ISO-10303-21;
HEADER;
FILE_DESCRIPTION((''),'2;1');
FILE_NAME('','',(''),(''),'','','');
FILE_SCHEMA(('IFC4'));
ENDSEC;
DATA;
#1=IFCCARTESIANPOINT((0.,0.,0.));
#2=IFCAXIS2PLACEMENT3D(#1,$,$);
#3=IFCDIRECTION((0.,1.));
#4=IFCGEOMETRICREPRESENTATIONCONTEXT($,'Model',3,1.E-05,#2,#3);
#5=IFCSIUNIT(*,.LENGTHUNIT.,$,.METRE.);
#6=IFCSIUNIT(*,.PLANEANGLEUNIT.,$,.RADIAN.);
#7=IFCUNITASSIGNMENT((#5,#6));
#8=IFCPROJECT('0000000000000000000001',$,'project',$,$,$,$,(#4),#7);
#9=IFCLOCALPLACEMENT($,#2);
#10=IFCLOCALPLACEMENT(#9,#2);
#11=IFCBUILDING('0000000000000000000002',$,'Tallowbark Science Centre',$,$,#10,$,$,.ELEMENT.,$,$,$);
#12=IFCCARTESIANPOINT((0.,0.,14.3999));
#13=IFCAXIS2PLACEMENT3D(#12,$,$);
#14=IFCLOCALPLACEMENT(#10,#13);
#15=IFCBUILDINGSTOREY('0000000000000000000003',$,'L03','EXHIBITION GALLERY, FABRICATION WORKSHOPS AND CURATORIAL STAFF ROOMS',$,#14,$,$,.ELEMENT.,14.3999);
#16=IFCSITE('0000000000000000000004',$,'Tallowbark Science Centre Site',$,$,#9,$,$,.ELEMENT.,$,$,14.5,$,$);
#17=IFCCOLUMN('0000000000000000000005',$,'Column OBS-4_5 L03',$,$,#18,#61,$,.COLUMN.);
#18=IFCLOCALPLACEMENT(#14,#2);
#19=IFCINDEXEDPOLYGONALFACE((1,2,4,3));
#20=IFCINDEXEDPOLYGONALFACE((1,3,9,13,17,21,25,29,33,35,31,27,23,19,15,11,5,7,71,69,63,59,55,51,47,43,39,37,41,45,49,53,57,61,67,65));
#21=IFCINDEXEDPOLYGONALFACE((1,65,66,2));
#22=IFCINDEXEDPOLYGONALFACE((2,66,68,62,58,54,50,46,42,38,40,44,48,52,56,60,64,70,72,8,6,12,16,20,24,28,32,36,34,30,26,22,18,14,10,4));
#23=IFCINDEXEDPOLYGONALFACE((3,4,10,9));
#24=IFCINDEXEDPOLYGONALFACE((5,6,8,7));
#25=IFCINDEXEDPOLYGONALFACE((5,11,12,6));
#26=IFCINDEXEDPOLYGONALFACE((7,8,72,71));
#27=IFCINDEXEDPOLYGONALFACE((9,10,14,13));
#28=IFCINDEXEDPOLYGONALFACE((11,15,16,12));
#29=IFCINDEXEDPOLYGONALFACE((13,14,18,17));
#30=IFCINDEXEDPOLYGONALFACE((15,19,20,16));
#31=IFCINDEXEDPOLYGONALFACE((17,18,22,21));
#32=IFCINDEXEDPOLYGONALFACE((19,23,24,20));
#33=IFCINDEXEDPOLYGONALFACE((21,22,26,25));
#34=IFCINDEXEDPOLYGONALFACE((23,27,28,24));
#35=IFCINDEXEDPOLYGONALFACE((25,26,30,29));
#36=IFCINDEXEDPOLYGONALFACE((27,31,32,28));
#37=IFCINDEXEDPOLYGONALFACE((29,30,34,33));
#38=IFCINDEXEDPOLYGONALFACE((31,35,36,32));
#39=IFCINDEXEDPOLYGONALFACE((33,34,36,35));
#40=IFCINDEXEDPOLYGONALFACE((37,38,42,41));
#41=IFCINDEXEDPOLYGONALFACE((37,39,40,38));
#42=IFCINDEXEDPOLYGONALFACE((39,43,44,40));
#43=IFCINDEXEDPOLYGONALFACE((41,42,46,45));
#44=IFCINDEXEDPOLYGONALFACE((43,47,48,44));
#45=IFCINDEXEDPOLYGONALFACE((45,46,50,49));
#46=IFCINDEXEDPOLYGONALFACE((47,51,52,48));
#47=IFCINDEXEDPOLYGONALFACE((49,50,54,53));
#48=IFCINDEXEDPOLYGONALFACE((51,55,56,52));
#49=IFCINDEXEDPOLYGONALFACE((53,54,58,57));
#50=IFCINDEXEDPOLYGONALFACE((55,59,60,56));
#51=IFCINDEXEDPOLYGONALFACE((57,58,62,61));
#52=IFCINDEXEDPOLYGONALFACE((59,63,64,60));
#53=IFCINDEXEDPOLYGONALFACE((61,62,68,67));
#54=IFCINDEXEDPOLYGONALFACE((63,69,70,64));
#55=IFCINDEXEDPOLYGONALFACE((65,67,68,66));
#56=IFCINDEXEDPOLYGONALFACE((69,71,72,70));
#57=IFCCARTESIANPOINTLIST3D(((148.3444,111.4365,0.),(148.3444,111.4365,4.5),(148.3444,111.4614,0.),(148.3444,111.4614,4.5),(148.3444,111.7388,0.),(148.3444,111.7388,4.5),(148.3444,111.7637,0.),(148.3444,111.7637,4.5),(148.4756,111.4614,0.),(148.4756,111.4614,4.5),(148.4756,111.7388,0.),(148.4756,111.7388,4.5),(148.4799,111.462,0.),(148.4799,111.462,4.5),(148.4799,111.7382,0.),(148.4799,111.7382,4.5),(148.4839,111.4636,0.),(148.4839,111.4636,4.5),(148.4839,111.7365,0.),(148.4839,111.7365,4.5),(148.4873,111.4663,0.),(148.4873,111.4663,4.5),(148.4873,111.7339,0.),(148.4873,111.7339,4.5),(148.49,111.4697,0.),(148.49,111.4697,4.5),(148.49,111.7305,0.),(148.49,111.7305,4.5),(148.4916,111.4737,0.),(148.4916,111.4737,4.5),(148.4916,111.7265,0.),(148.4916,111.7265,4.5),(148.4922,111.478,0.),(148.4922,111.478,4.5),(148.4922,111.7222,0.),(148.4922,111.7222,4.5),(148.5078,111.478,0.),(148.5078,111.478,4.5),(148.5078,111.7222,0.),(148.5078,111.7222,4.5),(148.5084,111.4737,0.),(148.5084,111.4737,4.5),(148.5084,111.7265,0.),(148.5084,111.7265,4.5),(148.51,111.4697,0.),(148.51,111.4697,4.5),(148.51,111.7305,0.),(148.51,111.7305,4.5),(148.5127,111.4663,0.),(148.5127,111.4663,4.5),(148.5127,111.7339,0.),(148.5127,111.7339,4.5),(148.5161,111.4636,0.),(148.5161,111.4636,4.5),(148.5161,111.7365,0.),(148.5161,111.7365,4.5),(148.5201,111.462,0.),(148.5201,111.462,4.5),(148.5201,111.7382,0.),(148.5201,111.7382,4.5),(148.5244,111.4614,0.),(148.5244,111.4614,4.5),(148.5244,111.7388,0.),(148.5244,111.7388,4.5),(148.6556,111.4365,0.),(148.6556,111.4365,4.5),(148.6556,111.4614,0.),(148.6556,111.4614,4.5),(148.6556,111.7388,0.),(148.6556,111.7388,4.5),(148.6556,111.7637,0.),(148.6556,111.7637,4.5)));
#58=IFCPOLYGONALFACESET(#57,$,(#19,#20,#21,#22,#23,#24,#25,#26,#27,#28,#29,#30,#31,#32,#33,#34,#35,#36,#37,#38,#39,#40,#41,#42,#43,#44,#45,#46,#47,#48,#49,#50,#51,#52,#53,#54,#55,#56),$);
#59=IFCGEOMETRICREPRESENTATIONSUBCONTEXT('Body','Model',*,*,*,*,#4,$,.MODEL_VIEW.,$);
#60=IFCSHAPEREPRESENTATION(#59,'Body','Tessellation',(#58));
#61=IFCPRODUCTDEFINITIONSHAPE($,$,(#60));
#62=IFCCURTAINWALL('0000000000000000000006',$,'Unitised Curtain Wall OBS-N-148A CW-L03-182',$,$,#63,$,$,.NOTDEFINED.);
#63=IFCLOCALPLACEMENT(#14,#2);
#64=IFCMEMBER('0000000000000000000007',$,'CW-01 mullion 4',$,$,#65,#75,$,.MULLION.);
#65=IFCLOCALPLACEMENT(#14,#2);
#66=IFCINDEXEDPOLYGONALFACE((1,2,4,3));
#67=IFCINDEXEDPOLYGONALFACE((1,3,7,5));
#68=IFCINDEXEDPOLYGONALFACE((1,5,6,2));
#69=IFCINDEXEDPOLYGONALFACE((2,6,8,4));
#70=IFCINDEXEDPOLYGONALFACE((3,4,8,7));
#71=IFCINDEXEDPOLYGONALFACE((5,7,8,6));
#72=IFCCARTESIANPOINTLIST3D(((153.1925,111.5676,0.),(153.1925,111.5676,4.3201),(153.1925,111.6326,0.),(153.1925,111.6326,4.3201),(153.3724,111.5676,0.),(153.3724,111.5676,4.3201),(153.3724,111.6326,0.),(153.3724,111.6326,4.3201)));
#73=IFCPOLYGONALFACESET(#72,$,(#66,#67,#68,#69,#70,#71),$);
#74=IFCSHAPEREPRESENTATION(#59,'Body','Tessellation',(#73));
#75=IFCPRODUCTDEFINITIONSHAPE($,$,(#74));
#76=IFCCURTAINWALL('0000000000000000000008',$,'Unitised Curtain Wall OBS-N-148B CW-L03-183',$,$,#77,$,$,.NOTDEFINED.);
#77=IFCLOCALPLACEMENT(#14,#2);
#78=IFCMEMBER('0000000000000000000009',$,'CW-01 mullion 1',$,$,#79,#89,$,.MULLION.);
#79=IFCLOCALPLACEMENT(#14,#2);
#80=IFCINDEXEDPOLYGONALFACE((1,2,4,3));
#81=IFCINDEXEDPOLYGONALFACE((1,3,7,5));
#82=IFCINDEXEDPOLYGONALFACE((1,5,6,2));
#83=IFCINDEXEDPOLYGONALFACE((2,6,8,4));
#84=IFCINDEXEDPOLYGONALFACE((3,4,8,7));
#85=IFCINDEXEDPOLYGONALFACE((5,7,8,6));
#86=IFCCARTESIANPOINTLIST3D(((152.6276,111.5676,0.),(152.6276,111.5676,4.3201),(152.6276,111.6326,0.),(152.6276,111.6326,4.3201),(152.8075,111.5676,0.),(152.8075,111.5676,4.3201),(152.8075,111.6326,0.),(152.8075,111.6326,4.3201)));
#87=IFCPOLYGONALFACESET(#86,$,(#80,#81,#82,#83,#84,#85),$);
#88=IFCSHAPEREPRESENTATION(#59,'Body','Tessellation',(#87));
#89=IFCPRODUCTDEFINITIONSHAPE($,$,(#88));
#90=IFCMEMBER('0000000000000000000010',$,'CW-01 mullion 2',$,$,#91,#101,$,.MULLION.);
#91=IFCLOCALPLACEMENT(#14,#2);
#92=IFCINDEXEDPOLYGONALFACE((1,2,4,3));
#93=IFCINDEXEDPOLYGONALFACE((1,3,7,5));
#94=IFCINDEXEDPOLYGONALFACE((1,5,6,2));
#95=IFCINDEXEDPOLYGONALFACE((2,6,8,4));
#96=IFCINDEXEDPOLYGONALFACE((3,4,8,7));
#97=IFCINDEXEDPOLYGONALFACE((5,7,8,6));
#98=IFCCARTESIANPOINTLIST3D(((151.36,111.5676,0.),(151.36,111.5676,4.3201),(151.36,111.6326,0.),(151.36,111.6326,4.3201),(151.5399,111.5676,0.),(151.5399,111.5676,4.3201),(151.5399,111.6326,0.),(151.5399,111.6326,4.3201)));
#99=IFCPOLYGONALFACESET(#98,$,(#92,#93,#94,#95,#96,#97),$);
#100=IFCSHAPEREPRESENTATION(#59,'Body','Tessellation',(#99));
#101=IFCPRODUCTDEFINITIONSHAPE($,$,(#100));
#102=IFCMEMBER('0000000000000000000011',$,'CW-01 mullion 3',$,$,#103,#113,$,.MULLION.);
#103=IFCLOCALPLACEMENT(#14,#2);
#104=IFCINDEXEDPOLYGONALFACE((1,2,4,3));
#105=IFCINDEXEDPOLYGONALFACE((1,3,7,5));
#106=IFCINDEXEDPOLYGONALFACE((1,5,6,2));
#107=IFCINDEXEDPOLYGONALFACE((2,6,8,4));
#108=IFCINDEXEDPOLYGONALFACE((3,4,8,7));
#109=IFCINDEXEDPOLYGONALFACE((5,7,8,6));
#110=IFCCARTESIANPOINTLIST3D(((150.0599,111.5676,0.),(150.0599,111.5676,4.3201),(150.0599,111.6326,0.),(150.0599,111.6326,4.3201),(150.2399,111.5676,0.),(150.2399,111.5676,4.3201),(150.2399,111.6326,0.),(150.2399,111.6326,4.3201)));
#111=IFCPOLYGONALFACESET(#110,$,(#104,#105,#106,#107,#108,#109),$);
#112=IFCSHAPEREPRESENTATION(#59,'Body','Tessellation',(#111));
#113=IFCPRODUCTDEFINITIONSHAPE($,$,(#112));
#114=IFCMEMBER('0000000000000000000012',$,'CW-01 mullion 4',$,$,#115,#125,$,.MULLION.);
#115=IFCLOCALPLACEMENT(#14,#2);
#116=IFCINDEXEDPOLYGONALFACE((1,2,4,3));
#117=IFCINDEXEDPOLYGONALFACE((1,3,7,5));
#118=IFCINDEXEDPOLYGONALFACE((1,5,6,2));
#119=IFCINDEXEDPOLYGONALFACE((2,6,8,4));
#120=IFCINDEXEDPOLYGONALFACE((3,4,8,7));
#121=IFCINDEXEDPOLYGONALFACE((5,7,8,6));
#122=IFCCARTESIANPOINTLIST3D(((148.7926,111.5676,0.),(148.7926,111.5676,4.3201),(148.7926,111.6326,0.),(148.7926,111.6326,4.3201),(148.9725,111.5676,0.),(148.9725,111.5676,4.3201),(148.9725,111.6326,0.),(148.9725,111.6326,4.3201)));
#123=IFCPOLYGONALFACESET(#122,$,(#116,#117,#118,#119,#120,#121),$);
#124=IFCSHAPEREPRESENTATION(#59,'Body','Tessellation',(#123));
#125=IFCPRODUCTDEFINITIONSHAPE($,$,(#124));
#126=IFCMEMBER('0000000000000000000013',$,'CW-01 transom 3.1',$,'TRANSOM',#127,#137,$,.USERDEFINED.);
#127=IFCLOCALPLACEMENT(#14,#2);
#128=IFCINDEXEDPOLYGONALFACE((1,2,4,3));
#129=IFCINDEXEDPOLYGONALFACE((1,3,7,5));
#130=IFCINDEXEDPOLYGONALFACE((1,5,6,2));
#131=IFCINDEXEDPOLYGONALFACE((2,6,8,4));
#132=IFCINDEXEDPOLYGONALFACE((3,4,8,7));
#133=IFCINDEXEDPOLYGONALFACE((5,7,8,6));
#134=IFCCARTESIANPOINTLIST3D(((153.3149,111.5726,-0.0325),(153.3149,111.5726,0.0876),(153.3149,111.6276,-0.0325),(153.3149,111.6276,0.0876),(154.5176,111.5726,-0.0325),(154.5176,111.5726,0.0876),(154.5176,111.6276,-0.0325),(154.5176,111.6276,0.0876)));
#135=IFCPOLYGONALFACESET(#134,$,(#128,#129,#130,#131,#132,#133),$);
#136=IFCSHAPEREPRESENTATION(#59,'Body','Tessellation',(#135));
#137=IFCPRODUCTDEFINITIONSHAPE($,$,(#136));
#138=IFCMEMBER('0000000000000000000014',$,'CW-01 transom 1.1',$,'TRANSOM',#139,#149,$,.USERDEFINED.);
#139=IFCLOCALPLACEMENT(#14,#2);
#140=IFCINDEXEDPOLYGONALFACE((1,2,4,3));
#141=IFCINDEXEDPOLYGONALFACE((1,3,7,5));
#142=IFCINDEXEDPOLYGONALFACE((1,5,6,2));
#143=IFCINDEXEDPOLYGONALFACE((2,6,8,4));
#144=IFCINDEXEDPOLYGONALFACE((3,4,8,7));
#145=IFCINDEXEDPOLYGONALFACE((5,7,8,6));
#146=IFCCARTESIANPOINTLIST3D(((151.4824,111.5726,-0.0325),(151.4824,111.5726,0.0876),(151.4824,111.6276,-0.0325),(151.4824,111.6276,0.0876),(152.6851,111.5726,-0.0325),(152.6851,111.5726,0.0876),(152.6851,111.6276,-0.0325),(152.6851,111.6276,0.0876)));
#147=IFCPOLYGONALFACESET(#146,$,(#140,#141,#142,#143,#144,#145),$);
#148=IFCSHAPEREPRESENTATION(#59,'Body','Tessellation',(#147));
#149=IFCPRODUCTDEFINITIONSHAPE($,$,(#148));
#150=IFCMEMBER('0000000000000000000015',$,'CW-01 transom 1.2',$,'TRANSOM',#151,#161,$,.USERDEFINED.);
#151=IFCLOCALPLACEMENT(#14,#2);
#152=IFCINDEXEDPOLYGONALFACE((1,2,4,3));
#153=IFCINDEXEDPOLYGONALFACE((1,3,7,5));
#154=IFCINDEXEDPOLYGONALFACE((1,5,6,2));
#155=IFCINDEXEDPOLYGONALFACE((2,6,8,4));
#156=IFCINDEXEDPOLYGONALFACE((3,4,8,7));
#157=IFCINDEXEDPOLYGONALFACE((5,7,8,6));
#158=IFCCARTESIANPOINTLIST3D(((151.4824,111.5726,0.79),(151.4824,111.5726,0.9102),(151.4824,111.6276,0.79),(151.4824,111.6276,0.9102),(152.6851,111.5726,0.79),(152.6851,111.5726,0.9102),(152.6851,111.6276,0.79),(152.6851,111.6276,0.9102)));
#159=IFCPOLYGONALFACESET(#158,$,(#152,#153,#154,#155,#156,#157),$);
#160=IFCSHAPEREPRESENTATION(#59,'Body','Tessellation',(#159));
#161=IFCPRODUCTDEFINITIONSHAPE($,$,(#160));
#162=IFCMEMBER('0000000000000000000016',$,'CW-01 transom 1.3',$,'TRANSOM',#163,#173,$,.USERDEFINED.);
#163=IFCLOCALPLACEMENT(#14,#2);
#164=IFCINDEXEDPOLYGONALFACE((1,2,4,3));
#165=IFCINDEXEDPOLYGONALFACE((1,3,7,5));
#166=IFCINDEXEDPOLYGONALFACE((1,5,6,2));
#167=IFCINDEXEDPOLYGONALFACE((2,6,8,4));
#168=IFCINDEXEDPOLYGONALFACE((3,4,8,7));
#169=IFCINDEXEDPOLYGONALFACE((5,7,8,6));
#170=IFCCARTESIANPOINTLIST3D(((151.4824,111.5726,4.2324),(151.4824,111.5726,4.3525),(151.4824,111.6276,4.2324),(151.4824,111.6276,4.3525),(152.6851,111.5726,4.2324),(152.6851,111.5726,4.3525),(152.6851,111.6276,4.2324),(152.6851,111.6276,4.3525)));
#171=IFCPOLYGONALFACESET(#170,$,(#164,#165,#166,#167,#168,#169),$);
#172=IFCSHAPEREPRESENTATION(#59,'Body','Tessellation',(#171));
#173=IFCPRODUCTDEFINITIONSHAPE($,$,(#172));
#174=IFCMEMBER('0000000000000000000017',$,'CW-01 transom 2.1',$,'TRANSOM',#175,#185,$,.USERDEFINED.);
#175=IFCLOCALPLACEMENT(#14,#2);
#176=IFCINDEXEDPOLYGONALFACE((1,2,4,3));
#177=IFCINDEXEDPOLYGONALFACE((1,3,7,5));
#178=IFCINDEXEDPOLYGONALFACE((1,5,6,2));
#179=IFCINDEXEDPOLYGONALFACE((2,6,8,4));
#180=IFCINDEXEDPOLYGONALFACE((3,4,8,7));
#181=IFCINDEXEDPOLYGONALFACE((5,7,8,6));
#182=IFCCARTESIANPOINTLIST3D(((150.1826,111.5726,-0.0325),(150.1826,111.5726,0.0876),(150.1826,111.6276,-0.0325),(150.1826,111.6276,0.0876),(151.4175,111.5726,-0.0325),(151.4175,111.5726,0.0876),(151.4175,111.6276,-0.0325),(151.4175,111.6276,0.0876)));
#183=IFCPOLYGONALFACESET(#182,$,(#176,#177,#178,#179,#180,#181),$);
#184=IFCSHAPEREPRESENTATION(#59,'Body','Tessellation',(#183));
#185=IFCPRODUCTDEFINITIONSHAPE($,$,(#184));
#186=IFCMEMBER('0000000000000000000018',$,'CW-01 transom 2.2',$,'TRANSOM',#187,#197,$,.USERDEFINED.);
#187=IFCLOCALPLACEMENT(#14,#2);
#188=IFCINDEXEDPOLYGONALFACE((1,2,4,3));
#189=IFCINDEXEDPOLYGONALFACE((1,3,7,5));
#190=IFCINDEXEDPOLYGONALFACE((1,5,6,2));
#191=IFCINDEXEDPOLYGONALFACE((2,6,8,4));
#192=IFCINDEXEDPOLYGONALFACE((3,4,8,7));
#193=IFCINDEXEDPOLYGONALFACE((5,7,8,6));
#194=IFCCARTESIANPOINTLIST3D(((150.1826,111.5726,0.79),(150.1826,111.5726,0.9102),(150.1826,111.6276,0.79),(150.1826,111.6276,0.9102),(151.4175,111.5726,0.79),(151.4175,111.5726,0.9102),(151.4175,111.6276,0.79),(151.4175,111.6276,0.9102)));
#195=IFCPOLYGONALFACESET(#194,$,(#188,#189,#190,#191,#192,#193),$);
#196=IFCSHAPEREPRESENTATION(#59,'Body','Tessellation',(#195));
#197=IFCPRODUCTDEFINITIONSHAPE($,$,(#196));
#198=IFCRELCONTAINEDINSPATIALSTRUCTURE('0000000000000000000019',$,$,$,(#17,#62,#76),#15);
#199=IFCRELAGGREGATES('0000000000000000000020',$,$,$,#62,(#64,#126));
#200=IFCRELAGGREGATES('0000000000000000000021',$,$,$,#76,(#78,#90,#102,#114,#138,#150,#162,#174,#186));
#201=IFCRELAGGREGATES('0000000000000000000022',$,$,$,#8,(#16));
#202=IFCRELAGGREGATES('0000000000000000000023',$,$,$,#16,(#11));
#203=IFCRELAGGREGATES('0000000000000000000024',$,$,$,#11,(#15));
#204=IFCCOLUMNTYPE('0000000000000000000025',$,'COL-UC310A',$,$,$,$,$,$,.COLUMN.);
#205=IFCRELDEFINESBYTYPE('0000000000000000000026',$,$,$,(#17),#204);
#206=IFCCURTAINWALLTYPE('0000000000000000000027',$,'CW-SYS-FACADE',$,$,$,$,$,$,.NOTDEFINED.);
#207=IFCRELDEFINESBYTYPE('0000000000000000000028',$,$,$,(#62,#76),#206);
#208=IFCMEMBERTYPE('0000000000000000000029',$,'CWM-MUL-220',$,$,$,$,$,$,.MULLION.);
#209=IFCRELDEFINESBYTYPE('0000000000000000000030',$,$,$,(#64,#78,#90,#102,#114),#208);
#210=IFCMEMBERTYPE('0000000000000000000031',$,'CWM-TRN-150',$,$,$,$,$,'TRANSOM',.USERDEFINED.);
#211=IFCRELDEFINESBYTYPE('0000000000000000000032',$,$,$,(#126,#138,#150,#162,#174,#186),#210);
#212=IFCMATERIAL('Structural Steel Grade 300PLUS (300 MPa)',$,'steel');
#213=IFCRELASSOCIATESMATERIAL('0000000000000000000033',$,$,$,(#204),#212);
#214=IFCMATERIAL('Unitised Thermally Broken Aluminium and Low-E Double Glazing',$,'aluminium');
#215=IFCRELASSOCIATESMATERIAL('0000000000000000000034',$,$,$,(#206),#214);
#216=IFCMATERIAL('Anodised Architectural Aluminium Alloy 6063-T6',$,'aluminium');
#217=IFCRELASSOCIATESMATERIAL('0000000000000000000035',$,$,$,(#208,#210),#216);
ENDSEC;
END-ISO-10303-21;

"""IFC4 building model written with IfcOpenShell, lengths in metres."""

from ifc_helpers import new_model, si_unit, direction, frame, origin, origin_2d, place, context, subcontext, project, spatial, rectangle, i_section, extrude, material, material_profile, profile_set, type_object, element, aggregate, save


model = new_model("IFC4")

# Units and contexts
model_context = context("Model", 3, precision=1e-05, world=origin(), true_north=direction((0.0, 1.0)))
body_context = subcontext(model_context, "Body", "Model", "MODEL_VIEW")
ifc_project = project(units=[si_unit("LENGTHUNIT", "METRE"), si_unit("PLANEANGLEUNIT", "RADIAN")], contexts=[model_context])

# Site, building, storey
site_placement = place(None, origin())
site = spatial("IfcSite", under=ifc_project, at=site_placement, Name="Tallowbark Science Centre Site", CompositionType="ELEMENT", RefElevation=14.5)
building_placement = place(site_placement, origin())
building = spatial("IfcBuilding", under=site, at=building_placement, Name="Tallowbark Science Centre", CompositionType="ELEMENT")
storey_placement = place(building_placement, frame((0.0, 0.0, 14.3999)))
storey = spatial("IfcBuildingStorey", under=building, at=storey_placement, Name="L03", Description="EXHIBITION GALLERY, FABRICATION WORKSHOPS AND CURATORIAL STAFF ROOMS", CompositionType="ELEMENT", Elevation=14.3999)

# Column
ifc_material_1 = material(Name="Structural Steel Grade 300PLUS (300 MPa)", Category="steel")
ifc_material_profile_1 = material_profile(ifc_material_1, i_section(OverallWidth=0.3113, OverallDepth=0.3271, WebThickness=0.0156, FlangeThickness=0.0249, FilletRadius=0.0166, at=origin_2d()), Name="310UC158")
ifc_profile_set_1 = profile_set([ifc_material_profile_1], Name="Structural Steel Grade 300PLUS (300 MPa)")
column_type = type_object("IfcColumnType", Name="COL-UC310A", PredefinedType="COLUMN", material=ifc_profile_set_1)
column_placement = place(storey_placement, frame((148.5, 111.6001, 0.0), z_axis=(0.0, 0.0, 1.0), x_axis=(1.0, 0.0, 0.0)))
element("IfcColumn", 1, at=column_placement, inside=storey, type_object=column_type, Name="Column OBS-4_5 L03", PredefinedType="COLUMN", context=body_context, shape_type="SweptSolid", body=[
    extrude(i_section(OverallWidth=0.3113, OverallDepth=0.3271, WebThickness=0.0156, FlangeThickness=0.0249, FilletRadius=0.0166, at=origin_2d()), origin(), (0.0, 0.0, 1.0), 4.5),
])

# Curtain wall, member
ifc_material_2 = material(Name="Unitised Thermally Broken Aluminium and Low-E Double Glazing", Category="aluminium")
curtain_wall_type = type_object("IfcCurtainWallType", Name="CW-SYS-FACADE", PredefinedType="NOTDEFINED", material=ifc_material_2)
curtain_wall_1_placement = place(storey_placement, origin())
curtain_wall_1 = element("IfcCurtainWall", 2, at=curtain_wall_1_placement, inside=storey, type_object=curtain_wall_type, Name="Unitised Curtain Wall OBS-N-148A CW-L03-182", PredefinedType="NOTDEFINED")
ifc_material_3 = material(Name="Anodised Architectural Aluminium Alloy 6063-T6", Category="aluminium")
ifc_material_profile_2 = material_profile(ifc_material_3, rectangle(XDim=0.0649, YDim=0.1799, at=origin_2d()), Name="ALU65x180")
ifc_profile_set_2 = profile_set([ifc_material_profile_2], Name="Anodised Architectural Aluminium Alloy 6063-T6")
member_type_1 = type_object("IfcMemberType", Name="CWM-MUL-220", PredefinedType="MULLION", material=ifc_profile_set_2)
member_1_placement = place(storey_placement, frame((153.2825, 111.6001, 0.0), z_axis=(0.0, 0.0, 1.0), x_axis=(0.0, -1.0, 0.0)))
member_1 = element("IfcMember", 3, at=member_1_placement, type_object=member_type_1, Name="CW-01 mullion 4", PredefinedType="MULLION", context=body_context, shape_type="SweptSolid", body=[
    extrude(rectangle(XDim=0.0649, YDim=0.1799, at=origin_2d()), origin(), (0.0, 0.0, 1.0), 4.3201),
])

# Curtain wall, members
curtain_wall_2_placement = place(storey_placement, origin())
curtain_wall_2 = element("IfcCurtainWall", 4, at=curtain_wall_2_placement, inside=storey, type_object=curtain_wall_type, Name="Unitised Curtain Wall OBS-N-148B CW-L03-183", PredefinedType="NOTDEFINED")
member_2_placement = place(storey_placement, frame((152.7175, 111.6001, 0.0), z_axis=(0.0, 0.0, 1.0), x_axis=(0.0, -1.0, 0.0)))
member_2 = element("IfcMember", 5, at=member_2_placement, type_object=member_type_1, Name="CW-01 mullion 1", PredefinedType="MULLION", context=body_context, shape_type="SweptSolid", body=[
    extrude(rectangle(XDim=0.0649, YDim=0.1799, at=origin_2d()), origin(), (0.0, 0.0, 1.0), 4.3201),
])
member_3_placement = place(storey_placement, frame((151.45, 111.6001, 0.0), z_axis=(0.0, 0.0, 1.0), x_axis=(0.0, -1.0, 0.0)))
member_3 = element("IfcMember", 6, at=member_3_placement, type_object=member_type_1, Name="CW-01 mullion 2", PredefinedType="MULLION", context=body_context, shape_type="SweptSolid", body=[
    extrude(rectangle(XDim=0.0649, YDim=0.1799, at=origin_2d()), origin(), (0.0, 0.0, 1.0), 4.3201),
])
member_4_placement = place(storey_placement, frame((150.1499, 111.6001, 0.0), z_axis=(0.0, 0.0, 1.0), x_axis=(0.0, -1.0, 0.0)))
member_4 = element("IfcMember", 7, at=member_4_placement, type_object=member_type_1, Name="CW-01 mullion 3", PredefinedType="MULLION", context=body_context, shape_type="SweptSolid", body=[
    extrude(rectangle(XDim=0.0649, YDim=0.1799, at=origin_2d()), origin(), (0.0, 0.0, 1.0), 4.3201),
])
member_5_placement = place(storey_placement, frame((148.8826, 111.6001, 0.0), z_axis=(0.0, 0.0, 1.0), x_axis=(0.0, -1.0, 0.0)))
member_5 = element("IfcMember", 8, at=member_5_placement, type_object=member_type_1, Name="CW-01 mullion 4", PredefinedType="MULLION", context=body_context, shape_type="SweptSolid", body=[
    extrude(rectangle(XDim=0.0649, YDim=0.1799, at=origin_2d()), origin(), (0.0, 0.0, 1.0), 4.3201),
])

# Members
ifc_material_profile_3 = material_profile(ifc_material_3, rectangle(XDim=0.0549, YDim=0.1201, at=origin_2d()), Name="ALU55x120")
ifc_profile_set_3 = profile_set([ifc_material_profile_3], Name="Anodised Architectural Aluminium Alloy 6063-T6")
member_type_2 = type_object("IfcMemberType", Name="CWM-TRN-150", ElementType="TRANSOM", PredefinedType="USERDEFINED", material=ifc_profile_set_3)
member_6_placement = place(storey_placement, frame((154.5176, 111.6001, 0.0276), z_axis=(-1.0, 0.0, 0.0), x_axis=(0.0, -1.0, 0.0)))
member_6 = element("IfcMember", 9, at=member_6_placement, type_object=member_type_2, Name="CW-01 transom 3.1", ObjectType="TRANSOM", PredefinedType="USERDEFINED", context=body_context, shape_type="SweptSolid", body=[
    extrude(rectangle(XDim=0.0549, YDim=0.1201, at=origin_2d()), origin(), (0.0, 0.0, 1.0), 1.2026),
])
member_7_placement = place(storey_placement, frame((152.6851, 111.6001, 0.0276), z_axis=(-1.0, 0.0, 0.0), x_axis=(0.0, -1.0, 0.0)))
member_7 = element("IfcMember", 10, at=member_7_placement, type_object=member_type_2, Name="CW-01 transom 1.1", ObjectType="TRANSOM", PredefinedType="USERDEFINED", context=body_context, shape_type="SweptSolid", body=[
    extrude(rectangle(XDim=0.0549, YDim=0.1201, at=origin_2d()), origin(), (0.0, 0.0, 1.0), 1.2026),
])
member_8_placement = place(storey_placement, frame((152.6851, 111.6001, 0.8501), z_axis=(-1.0, 0.0, 0.0), x_axis=(0.0, -1.0, 0.0)))
member_8 = element("IfcMember", 11, at=member_8_placement, type_object=member_type_2, Name="CW-01 transom 1.2", ObjectType="TRANSOM", PredefinedType="USERDEFINED", context=body_context, shape_type="SweptSolid", body=[
    extrude(rectangle(XDim=0.0549, YDim=0.1201, at=origin_2d()), origin(), (0.0, 0.0, 1.0), 1.2026),
])
member_9_placement = place(storey_placement, frame((152.6851, 111.6001, 4.2925), z_axis=(-1.0, 0.0, 0.0), x_axis=(0.0, -1.0, 0.0)))
member_9 = element("IfcMember", 12, at=member_9_placement, type_object=member_type_2, Name="CW-01 transom 1.3", ObjectType="TRANSOM", PredefinedType="USERDEFINED", context=body_context, shape_type="SweptSolid", body=[
    extrude(rectangle(XDim=0.0549, YDim=0.1201, at=origin_2d()), origin(), (0.0, 0.0, 1.0), 1.2026),
])
member_10_placement = place(storey_placement, frame((151.4175, 111.6001, 0.0276), z_axis=(-1.0, 0.0, 0.0), x_axis=(0.0, -1.0, 0.0)))
member_10 = element("IfcMember", 13, at=member_10_placement, type_object=member_type_2, Name="CW-01 transom 2.1", ObjectType="TRANSOM", PredefinedType="USERDEFINED", context=body_context, shape_type="SweptSolid", body=[
    extrude(rectangle(XDim=0.0549, YDim=0.1201, at=origin_2d()), origin(), (0.0, 0.0, 1.0), 1.2349),
])
member_11_placement = place(storey_placement, frame((151.4175, 111.6001, 0.8501), z_axis=(-1.0, 0.0, 0.0), x_axis=(0.0, -1.0, 0.0)))
member_11 = element("IfcMember", 14, at=member_11_placement, type_object=member_type_2, Name="CW-01 transom 2.2", ObjectType="TRANSOM", PredefinedType="USERDEFINED", context=body_context, shape_type="SweptSolid", body=[
    extrude(rectangle(XDim=0.0549, YDim=0.1201, at=origin_2d()), origin(), (0.0, 0.0, 1.0), 1.2349),
])

aggregate(curtain_wall_1, [member_1, member_6])
aggregate(curtain_wall_2, [member_2, member_3, member_4, member_5, member_7, member_8, member_9, member_10, member_11])

save(model, "model.ifc")
